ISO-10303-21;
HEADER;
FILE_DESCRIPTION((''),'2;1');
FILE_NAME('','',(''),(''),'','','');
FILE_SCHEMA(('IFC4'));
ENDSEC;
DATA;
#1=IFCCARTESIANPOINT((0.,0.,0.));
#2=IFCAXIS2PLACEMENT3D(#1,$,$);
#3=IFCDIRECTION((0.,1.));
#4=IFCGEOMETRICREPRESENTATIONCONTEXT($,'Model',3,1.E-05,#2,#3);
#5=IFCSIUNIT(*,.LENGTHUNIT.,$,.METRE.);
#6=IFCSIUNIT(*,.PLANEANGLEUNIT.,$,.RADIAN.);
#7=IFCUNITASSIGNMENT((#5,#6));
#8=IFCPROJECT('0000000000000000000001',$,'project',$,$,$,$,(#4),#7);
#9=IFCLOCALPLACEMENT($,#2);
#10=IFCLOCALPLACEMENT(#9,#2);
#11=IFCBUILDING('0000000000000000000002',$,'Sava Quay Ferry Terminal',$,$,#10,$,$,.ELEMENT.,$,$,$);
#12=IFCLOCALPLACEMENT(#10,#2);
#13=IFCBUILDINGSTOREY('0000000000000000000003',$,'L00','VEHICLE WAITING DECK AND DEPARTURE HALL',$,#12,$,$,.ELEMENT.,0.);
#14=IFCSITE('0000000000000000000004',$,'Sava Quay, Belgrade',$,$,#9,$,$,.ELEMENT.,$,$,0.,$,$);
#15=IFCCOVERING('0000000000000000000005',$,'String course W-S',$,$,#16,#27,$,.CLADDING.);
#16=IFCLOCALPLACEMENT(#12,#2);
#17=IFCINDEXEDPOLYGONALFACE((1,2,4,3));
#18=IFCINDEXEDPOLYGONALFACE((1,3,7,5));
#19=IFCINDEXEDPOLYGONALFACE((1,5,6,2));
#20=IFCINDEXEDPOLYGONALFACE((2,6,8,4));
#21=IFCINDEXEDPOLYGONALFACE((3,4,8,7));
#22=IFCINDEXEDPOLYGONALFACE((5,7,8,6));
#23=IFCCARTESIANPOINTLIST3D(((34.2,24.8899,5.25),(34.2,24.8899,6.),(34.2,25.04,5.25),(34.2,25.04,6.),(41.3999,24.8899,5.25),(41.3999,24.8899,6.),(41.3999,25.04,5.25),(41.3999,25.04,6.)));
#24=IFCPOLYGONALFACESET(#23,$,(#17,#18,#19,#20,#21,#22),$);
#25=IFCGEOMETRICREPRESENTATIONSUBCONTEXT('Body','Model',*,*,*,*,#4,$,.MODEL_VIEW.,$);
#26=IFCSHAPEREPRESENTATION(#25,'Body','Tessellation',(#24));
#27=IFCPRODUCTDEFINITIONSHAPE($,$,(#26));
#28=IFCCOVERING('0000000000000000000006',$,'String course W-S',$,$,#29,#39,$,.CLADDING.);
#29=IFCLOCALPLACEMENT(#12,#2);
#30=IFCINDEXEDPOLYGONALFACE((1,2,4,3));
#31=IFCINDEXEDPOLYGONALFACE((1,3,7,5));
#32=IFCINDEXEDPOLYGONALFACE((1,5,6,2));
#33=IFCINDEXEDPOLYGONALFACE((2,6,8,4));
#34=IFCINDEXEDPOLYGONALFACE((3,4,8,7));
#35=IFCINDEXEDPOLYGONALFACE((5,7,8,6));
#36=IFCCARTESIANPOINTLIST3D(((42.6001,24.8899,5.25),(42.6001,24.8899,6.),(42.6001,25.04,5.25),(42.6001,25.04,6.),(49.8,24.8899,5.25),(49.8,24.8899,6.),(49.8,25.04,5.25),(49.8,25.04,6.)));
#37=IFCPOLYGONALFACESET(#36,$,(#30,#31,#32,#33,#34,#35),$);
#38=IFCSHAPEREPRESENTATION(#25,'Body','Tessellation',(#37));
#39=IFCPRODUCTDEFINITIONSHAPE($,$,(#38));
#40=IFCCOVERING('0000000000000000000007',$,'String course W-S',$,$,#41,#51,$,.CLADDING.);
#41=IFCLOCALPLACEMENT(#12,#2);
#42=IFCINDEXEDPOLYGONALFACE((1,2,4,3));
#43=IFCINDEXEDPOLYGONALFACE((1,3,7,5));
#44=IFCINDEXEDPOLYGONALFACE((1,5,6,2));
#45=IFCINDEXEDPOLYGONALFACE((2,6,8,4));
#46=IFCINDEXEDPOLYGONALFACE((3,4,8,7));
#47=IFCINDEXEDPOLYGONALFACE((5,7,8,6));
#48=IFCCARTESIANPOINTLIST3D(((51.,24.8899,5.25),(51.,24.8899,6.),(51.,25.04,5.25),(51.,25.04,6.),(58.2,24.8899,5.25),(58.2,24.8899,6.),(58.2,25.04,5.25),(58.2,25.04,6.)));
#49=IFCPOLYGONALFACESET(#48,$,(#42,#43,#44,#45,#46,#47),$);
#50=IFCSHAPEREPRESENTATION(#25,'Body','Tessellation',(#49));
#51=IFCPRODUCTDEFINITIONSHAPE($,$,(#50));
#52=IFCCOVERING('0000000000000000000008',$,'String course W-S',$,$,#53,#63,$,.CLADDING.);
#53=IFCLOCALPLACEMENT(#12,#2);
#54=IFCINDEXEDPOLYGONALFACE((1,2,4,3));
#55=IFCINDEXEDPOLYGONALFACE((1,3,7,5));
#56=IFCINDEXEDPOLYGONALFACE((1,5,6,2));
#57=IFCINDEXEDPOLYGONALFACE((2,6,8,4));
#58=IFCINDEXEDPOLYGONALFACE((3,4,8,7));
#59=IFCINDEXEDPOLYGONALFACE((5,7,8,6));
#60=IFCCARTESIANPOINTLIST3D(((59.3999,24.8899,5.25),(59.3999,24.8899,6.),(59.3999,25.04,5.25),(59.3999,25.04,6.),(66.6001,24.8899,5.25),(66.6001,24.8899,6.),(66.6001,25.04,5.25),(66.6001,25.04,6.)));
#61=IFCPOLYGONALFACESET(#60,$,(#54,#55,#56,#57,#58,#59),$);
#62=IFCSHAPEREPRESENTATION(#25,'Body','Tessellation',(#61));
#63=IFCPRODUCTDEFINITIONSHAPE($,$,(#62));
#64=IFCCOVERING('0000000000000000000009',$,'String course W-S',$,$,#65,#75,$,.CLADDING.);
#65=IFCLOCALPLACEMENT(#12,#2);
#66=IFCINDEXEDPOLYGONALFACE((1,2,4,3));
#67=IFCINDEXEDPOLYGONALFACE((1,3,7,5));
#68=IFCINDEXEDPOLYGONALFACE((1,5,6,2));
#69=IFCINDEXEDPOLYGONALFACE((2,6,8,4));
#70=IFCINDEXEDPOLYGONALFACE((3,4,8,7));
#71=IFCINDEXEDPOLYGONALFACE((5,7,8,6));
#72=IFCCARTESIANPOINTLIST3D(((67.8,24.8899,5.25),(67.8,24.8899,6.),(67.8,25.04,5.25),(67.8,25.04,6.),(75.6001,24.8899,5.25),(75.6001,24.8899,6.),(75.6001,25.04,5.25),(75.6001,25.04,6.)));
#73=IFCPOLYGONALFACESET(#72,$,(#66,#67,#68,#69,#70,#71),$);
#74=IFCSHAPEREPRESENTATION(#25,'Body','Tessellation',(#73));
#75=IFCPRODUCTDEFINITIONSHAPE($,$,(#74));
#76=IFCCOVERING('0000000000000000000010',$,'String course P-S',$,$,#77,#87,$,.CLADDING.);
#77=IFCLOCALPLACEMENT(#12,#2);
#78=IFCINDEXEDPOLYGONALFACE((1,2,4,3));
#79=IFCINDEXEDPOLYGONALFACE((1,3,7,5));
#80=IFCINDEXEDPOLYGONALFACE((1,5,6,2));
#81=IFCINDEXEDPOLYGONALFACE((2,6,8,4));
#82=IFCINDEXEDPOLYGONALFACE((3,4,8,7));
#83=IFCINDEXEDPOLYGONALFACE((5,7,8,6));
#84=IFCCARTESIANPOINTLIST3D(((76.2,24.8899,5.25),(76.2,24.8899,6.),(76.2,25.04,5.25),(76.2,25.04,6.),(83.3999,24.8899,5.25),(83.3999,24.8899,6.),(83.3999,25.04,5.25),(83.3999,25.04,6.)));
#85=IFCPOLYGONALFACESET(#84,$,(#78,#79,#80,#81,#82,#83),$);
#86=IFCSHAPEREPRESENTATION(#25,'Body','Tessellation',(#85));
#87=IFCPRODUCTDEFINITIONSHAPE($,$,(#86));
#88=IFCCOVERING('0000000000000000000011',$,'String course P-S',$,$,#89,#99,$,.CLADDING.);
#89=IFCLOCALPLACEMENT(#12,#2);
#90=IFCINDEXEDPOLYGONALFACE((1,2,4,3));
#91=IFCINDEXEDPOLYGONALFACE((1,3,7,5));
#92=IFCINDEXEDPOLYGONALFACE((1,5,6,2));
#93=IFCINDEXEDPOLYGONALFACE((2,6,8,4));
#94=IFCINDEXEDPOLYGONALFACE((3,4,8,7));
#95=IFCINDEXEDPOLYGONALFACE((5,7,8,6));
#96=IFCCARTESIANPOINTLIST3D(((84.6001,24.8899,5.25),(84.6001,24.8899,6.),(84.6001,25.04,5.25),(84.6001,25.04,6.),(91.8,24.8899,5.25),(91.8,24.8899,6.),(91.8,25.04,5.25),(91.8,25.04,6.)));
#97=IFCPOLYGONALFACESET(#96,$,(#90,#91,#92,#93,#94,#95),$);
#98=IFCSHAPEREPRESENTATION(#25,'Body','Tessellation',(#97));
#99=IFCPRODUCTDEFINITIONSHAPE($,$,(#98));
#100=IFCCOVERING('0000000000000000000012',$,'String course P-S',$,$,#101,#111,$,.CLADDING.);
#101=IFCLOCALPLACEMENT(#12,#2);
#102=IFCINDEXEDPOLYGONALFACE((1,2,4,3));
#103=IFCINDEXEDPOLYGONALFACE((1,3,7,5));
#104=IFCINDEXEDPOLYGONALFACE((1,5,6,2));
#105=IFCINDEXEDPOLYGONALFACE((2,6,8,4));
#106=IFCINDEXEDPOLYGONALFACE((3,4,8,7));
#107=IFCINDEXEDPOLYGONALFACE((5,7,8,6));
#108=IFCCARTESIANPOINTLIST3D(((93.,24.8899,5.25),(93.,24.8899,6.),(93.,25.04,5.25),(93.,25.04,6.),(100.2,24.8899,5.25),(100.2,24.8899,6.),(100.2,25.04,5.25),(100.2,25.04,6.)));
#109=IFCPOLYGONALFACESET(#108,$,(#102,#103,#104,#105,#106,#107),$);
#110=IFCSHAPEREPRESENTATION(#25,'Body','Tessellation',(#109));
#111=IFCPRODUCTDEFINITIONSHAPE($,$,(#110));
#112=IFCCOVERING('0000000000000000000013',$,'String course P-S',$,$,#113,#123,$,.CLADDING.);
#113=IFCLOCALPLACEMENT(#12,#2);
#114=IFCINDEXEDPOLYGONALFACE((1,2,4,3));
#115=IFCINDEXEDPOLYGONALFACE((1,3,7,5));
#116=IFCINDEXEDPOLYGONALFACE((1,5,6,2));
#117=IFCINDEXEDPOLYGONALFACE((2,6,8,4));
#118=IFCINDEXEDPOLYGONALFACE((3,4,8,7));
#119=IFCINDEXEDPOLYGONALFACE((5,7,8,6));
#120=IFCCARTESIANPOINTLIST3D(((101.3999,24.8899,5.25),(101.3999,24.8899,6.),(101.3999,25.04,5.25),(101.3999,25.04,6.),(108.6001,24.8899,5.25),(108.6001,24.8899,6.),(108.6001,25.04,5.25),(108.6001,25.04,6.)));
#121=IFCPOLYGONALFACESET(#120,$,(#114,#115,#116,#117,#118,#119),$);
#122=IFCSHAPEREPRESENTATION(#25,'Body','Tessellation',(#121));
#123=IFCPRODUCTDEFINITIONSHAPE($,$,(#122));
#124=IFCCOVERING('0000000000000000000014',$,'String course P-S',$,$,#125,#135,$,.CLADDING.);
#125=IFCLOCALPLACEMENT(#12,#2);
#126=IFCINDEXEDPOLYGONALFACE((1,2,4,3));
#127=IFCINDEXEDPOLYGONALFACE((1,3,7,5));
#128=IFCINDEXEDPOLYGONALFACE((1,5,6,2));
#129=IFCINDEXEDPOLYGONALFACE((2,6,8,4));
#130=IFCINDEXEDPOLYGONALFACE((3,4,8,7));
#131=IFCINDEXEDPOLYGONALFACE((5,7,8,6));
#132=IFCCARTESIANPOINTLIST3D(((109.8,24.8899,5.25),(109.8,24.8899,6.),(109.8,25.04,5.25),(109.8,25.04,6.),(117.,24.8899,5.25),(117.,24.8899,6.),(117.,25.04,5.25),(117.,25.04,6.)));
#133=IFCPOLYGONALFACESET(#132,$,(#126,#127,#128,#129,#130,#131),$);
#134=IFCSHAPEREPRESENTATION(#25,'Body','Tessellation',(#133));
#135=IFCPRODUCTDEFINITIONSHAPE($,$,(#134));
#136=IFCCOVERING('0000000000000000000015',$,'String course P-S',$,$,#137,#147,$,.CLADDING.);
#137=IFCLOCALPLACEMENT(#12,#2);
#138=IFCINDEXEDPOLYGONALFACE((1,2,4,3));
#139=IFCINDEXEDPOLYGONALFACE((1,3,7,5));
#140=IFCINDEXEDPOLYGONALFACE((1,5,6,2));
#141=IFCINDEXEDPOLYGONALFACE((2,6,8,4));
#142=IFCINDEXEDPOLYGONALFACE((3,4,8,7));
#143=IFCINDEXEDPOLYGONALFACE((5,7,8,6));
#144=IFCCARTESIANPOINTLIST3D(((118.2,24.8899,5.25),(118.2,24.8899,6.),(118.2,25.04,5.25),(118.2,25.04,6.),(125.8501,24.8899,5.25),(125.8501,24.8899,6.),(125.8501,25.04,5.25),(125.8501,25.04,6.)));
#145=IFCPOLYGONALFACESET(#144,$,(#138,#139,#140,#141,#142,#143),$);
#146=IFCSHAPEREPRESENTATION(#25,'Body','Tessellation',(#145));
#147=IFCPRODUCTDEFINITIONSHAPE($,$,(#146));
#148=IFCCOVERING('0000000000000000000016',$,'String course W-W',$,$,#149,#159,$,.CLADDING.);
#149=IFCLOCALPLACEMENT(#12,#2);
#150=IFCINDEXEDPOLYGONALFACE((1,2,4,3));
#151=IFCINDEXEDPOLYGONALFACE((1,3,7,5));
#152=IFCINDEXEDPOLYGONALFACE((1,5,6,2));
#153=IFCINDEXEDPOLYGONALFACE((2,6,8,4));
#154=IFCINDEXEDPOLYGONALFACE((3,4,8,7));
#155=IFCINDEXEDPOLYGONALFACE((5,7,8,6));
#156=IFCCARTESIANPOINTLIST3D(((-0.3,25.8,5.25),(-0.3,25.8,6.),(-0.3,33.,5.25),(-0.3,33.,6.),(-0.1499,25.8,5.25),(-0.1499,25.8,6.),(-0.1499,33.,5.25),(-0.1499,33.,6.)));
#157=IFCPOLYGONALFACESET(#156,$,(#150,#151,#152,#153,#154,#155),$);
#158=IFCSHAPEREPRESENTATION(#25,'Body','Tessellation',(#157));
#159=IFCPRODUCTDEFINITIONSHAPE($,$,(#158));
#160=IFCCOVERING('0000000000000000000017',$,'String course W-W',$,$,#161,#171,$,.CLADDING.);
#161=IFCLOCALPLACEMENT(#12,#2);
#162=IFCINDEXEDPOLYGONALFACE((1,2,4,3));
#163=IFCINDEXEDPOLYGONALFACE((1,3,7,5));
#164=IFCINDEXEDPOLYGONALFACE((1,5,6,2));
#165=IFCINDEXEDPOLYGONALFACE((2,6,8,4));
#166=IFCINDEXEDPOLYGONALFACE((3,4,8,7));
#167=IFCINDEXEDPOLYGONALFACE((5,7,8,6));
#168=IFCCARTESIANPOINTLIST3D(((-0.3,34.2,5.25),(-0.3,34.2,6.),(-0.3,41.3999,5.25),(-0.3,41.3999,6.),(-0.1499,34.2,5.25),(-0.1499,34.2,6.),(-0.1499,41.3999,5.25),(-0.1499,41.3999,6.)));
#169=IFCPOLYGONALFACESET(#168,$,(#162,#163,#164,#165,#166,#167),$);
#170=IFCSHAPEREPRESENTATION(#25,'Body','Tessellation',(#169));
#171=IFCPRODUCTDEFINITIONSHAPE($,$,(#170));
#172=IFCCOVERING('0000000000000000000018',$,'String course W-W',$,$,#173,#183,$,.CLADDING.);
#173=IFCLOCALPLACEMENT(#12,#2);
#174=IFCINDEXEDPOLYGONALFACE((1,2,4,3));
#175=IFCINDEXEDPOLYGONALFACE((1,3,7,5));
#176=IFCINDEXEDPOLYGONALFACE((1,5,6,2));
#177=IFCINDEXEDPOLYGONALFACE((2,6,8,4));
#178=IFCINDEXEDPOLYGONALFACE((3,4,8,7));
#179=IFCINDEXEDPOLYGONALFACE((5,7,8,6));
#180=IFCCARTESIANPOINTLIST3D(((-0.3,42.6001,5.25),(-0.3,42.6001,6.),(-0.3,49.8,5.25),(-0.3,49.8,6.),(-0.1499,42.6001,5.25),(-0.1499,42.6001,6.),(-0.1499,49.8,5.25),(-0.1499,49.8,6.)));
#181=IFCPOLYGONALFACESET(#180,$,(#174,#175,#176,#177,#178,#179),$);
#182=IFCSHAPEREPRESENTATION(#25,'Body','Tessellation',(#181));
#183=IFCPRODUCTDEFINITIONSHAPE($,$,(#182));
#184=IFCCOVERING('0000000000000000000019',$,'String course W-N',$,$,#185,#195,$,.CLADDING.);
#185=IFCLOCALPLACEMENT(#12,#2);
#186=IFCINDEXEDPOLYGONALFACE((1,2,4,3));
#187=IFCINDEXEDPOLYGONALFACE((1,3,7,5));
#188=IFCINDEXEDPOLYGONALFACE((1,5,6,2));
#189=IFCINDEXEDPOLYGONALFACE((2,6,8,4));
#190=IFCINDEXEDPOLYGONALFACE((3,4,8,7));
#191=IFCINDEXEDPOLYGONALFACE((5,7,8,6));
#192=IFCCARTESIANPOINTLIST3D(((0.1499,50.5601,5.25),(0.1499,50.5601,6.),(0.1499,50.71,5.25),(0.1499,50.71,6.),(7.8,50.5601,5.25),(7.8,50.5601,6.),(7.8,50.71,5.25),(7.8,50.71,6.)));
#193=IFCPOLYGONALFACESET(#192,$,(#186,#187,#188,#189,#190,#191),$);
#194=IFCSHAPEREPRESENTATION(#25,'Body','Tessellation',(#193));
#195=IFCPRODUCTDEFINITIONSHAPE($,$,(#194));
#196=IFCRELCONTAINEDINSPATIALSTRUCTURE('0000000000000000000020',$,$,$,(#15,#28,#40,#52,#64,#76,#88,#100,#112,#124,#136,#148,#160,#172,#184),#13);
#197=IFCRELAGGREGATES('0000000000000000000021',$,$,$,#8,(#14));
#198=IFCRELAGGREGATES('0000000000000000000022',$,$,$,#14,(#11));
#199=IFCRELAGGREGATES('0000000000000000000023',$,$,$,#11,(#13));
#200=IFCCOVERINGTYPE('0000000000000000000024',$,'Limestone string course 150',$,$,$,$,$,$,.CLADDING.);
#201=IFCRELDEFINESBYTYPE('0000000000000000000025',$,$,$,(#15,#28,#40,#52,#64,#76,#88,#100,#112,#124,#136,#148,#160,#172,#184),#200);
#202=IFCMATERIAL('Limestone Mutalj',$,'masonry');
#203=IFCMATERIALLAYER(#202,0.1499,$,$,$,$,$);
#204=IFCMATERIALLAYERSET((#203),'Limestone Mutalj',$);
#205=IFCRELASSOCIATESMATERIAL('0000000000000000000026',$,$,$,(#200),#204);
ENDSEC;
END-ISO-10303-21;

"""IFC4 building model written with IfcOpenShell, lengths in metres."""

from ifc_helpers import new_model, si_unit, direction, frame, origin, place, context, subcontext, project, spatial, polyline, outline, extrude, material, layer, layer_set, type_object, element, save


model = new_model("IFC4")

# Units and contexts
model_context = context("Model", 3, precision=1e-05, world=origin(), true_north=direction((0.0, 1.0)))
body_context = subcontext(model_context, "Body", "Model", "MODEL_VIEW")
ifc_project = project(units=[si_unit("LENGTHUNIT", "METRE"), si_unit("PLANEANGLEUNIT", "RADIAN")], contexts=[model_context])

# Site, building, storey
site_placement = place(None, origin())
site = spatial("IfcSite", under=ifc_project, at=site_placement, Name="Sava Quay, Belgrade", CompositionType="ELEMENT", RefElevation=0.0)
building_placement = place(site_placement, origin())
building = spatial("IfcBuilding", under=site, at=building_placement, Name="Sava Quay Ferry Terminal", CompositionType="ELEMENT")
storey_placement = place(building_placement, origin())
storey = spatial("IfcBuildingStorey", under=building, at=storey_placement, Name="L00", Description="VEHICLE WAITING DECK AND DEPARTURE HALL", CompositionType="ELEMENT", Elevation=0.0)

# Coverings
ifc_material = material(Name="Limestone Mutalj", Category="masonry")
ifc_layer = layer(ifc_material, 0.1499)
ifc_layer_set = layer_set([ifc_layer], Name="Limestone Mutalj")
covering_type = type_object("IfcCoveringType", Name="Limestone string course 150", PredefinedType="CLADDING", material=ifc_layer_set)
covering_1_placement = place(storey_placement, frame((0.0, 0.0, 5.25)))
element("IfcCovering", 1, at=covering_1_placement, inside=storey, type_object=covering_type, Name="String course W-S", PredefinedType="CLADDING", context=body_context, shape_type="SweptSolid", body=[
    extrude(outline(polyline([(34.2, 25.04), (41.3999, 25.04), (41.3999, 24.8899), (34.2, 24.8899), (34.2, 25.04)])), origin(), (0.0, 0.0, 1.0), 0.75),
])
covering_2_placement = place(storey_placement, frame((0.0, 0.0, 5.25)))
element("IfcCovering", 2, at=covering_2_placement, inside=storey, type_object=covering_type, Name="String course W-S", PredefinedType="CLADDING", context=body_context, shape_type="SweptSolid", body=[
    extrude(outline(polyline([(42.6001, 25.04), (49.8, 25.04), (49.8, 24.8899), (42.6001, 24.8899), (42.6001, 25.04)])), origin(), (0.0, 0.0, 1.0), 0.75),
])
covering_3_placement = place(storey_placement, frame((0.0, 0.0, 5.25)))
element("IfcCovering", 3, at=covering_3_placement, inside=storey, type_object=covering_type, Name="String course W-S", PredefinedType="CLADDING", context=body_context, shape_type="SweptSolid", body=[
    extrude(outline(polyline([(51.0, 25.04), (58.2, 25.04), (58.2, 24.8899), (51.0, 24.8899), (51.0, 25.04)])), origin(), (0.0, 0.0, 1.0), 0.75),
])
covering_4_placement = place(storey_placement, frame((0.0, 0.0, 5.25)))
element("IfcCovering", 4, at=covering_4_placement, inside=storey, type_object=covering_type, Name="String course W-S", PredefinedType="CLADDING", context=body_context, shape_type="SweptSolid", body=[
    extrude(outline(polyline([(59.3999, 25.04), (66.6001, 25.04), (66.6001, 24.8899), (59.3999, 24.8899), (59.3999, 25.04)])), origin(), (0.0, 0.0, 1.0), 0.75),
])
covering_5_placement = place(storey_placement, frame((0.0, 0.0, 5.25)))
element("IfcCovering", 5, at=covering_5_placement, inside=storey, type_object=covering_type, Name="String course W-S", PredefinedType="CLADDING", context=body_context, shape_type="SweptSolid", body=[
    extrude(outline(polyline([(67.8, 25.04), (75.6001, 25.04), (75.6001, 24.8899), (67.8, 24.8899), (67.8, 25.04)])), origin(), (0.0, 0.0, 1.0), 0.75),
])
covering_6_placement = place(storey_placement, frame((0.0, 0.0, 5.25)))
element("IfcCovering", 6, at=covering_6_placement, inside=storey, type_object=covering_type, Name="String course P-S", PredefinedType="CLADDING", context=body_context, shape_type="SweptSolid", body=[
    extrude(outline(polyline([(76.2, 25.04), (83.3999, 25.04), (83.3999, 24.8899), (76.2, 24.8899), (76.2, 25.04)])), origin(), (0.0, 0.0, 1.0), 0.75),
])
covering_7_placement = place(storey_placement, frame((0.0, 0.0, 5.25)))
element("IfcCovering", 7, at=covering_7_placement, inside=storey, type_object=covering_type, Name="String course P-S", PredefinedType="CLADDING", context=body_context, shape_type="SweptSolid", body=[
    extrude(outline(polyline([(84.6001, 25.04), (91.8, 25.04), (91.8, 24.8899), (84.6001, 24.8899), (84.6001, 25.04)])), origin(), (0.0, 0.0, 1.0), 0.75),
])
covering_8_placement = place(storey_placement, frame((0.0, 0.0, 5.25)))
element("IfcCovering", 8, at=covering_8_placement, inside=storey, type_object=covering_type, Name="String course P-S", PredefinedType="CLADDING", context=body_context, shape_type="SweptSolid", body=[
    extrude(outline(polyline([(93.0, 25.04), (100.2, 25.04), (100.2, 24.8899), (93.0, 24.8899), (93.0, 25.04)])), origin(), (0.0, 0.0, 1.0), 0.75),
])
covering_9_placement = place(storey_placement, frame((0.0, 0.0, 5.25)))
element("IfcCovering", 9, at=covering_9_placement, inside=storey, type_object=covering_type, Name="String course P-S", PredefinedType="CLADDING", context=body_context, shape_type="SweptSolid", body=[
    extrude(outline(polyline([(101.3999, 25.04), (108.6001, 25.04), (108.6001, 24.8899), (101.3999, 24.8899), (101.3999, 25.04)])), origin(), (0.0, 0.0, 1.0), 0.75),
])
covering_10_placement = place(storey_placement, frame((0.0, 0.0, 5.25)))
element("IfcCovering", 10, at=covering_10_placement, inside=storey, type_object=covering_type, Name="String course P-S", PredefinedType="CLADDING", context=body_context, shape_type="SweptSolid", body=[
    extrude(outline(polyline([(109.8, 25.04), (117.0, 25.04), (117.0, 24.8899), (109.8, 24.8899), (109.8, 25.04)])), origin(), (0.0, 0.0, 1.0), 0.75),
])
covering_11_placement = place(storey_placement, frame((0.0, 0.0, 5.25)))
element("IfcCovering", 11, at=covering_11_placement, inside=storey, type_object=covering_type, Name="String course P-S", PredefinedType="CLADDING", context=body_context, shape_type="SweptSolid", body=[
    extrude(outline(polyline([(118.2, 25.04), (125.8501, 25.04), (125.8501, 24.8899), (118.2, 24.8899), (118.2, 25.04)])), origin(), (0.0, 0.0, 1.0), 0.75),
])
covering_12_placement = place(storey_placement, frame((0.0, 0.0, 5.25)))
element("IfcCovering", 12, at=covering_12_placement, inside=storey, type_object=covering_type, Name="String course W-W", PredefinedType="CLADDING", context=body_context, shape_type="SweptSolid", body=[
    extrude(outline(polyline([(-0.1499, 25.8), (-0.1499, 33.0), (-0.3, 33.0), (-0.3, 25.8), (-0.1499, 25.8)])), origin(), (0.0, 0.0, 1.0), 0.75),
])
covering_13_placement = place(storey_placement, frame((0.0, 0.0, 5.25)))
element("IfcCovering", 13, at=covering_13_placement, inside=storey, type_object=covering_type, Name="String course W-W", PredefinedType="CLADDING", context=body_context, shape_type="SweptSolid", body=[
    extrude(outline(polyline([(-0.1499, 34.2), (-0.1499, 41.3999), (-0.3, 41.3999), (-0.3, 34.2), (-0.1499, 34.2)])), origin(), (0.0, 0.0, 1.0), 0.75),
])
covering_14_placement = place(storey_placement, frame((0.0, 0.0, 5.25)))
element("IfcCovering", 14, at=covering_14_placement, inside=storey, type_object=covering_type, Name="String course W-W", PredefinedType="CLADDING", context=body_context, shape_type="SweptSolid", body=[
    extrude(outline(polyline([(-0.1499, 42.6001), (-0.1499, 49.8), (-0.3, 49.8), (-0.3, 42.6001), (-0.1499, 42.6001)])), origin(), (0.0, 0.0, 1.0), 0.75),
])
covering_15_placement = place(storey_placement, frame((0.0, 0.0, 5.25)))
element("IfcCovering", 15, at=covering_15_placement, inside=storey, type_object=covering_type, Name="String course W-N", PredefinedType="CLADDING", context=body_context, shape_type="SweptSolid", body=[
    extrude(outline(polyline([(0.1499, 50.5601), (7.8, 50.5601), (7.8, 50.71), (0.1499, 50.71), (0.1499, 50.5601)])), origin(), (0.0, 0.0, 1.0), 0.75),
])

save(model, "model.ifc")
